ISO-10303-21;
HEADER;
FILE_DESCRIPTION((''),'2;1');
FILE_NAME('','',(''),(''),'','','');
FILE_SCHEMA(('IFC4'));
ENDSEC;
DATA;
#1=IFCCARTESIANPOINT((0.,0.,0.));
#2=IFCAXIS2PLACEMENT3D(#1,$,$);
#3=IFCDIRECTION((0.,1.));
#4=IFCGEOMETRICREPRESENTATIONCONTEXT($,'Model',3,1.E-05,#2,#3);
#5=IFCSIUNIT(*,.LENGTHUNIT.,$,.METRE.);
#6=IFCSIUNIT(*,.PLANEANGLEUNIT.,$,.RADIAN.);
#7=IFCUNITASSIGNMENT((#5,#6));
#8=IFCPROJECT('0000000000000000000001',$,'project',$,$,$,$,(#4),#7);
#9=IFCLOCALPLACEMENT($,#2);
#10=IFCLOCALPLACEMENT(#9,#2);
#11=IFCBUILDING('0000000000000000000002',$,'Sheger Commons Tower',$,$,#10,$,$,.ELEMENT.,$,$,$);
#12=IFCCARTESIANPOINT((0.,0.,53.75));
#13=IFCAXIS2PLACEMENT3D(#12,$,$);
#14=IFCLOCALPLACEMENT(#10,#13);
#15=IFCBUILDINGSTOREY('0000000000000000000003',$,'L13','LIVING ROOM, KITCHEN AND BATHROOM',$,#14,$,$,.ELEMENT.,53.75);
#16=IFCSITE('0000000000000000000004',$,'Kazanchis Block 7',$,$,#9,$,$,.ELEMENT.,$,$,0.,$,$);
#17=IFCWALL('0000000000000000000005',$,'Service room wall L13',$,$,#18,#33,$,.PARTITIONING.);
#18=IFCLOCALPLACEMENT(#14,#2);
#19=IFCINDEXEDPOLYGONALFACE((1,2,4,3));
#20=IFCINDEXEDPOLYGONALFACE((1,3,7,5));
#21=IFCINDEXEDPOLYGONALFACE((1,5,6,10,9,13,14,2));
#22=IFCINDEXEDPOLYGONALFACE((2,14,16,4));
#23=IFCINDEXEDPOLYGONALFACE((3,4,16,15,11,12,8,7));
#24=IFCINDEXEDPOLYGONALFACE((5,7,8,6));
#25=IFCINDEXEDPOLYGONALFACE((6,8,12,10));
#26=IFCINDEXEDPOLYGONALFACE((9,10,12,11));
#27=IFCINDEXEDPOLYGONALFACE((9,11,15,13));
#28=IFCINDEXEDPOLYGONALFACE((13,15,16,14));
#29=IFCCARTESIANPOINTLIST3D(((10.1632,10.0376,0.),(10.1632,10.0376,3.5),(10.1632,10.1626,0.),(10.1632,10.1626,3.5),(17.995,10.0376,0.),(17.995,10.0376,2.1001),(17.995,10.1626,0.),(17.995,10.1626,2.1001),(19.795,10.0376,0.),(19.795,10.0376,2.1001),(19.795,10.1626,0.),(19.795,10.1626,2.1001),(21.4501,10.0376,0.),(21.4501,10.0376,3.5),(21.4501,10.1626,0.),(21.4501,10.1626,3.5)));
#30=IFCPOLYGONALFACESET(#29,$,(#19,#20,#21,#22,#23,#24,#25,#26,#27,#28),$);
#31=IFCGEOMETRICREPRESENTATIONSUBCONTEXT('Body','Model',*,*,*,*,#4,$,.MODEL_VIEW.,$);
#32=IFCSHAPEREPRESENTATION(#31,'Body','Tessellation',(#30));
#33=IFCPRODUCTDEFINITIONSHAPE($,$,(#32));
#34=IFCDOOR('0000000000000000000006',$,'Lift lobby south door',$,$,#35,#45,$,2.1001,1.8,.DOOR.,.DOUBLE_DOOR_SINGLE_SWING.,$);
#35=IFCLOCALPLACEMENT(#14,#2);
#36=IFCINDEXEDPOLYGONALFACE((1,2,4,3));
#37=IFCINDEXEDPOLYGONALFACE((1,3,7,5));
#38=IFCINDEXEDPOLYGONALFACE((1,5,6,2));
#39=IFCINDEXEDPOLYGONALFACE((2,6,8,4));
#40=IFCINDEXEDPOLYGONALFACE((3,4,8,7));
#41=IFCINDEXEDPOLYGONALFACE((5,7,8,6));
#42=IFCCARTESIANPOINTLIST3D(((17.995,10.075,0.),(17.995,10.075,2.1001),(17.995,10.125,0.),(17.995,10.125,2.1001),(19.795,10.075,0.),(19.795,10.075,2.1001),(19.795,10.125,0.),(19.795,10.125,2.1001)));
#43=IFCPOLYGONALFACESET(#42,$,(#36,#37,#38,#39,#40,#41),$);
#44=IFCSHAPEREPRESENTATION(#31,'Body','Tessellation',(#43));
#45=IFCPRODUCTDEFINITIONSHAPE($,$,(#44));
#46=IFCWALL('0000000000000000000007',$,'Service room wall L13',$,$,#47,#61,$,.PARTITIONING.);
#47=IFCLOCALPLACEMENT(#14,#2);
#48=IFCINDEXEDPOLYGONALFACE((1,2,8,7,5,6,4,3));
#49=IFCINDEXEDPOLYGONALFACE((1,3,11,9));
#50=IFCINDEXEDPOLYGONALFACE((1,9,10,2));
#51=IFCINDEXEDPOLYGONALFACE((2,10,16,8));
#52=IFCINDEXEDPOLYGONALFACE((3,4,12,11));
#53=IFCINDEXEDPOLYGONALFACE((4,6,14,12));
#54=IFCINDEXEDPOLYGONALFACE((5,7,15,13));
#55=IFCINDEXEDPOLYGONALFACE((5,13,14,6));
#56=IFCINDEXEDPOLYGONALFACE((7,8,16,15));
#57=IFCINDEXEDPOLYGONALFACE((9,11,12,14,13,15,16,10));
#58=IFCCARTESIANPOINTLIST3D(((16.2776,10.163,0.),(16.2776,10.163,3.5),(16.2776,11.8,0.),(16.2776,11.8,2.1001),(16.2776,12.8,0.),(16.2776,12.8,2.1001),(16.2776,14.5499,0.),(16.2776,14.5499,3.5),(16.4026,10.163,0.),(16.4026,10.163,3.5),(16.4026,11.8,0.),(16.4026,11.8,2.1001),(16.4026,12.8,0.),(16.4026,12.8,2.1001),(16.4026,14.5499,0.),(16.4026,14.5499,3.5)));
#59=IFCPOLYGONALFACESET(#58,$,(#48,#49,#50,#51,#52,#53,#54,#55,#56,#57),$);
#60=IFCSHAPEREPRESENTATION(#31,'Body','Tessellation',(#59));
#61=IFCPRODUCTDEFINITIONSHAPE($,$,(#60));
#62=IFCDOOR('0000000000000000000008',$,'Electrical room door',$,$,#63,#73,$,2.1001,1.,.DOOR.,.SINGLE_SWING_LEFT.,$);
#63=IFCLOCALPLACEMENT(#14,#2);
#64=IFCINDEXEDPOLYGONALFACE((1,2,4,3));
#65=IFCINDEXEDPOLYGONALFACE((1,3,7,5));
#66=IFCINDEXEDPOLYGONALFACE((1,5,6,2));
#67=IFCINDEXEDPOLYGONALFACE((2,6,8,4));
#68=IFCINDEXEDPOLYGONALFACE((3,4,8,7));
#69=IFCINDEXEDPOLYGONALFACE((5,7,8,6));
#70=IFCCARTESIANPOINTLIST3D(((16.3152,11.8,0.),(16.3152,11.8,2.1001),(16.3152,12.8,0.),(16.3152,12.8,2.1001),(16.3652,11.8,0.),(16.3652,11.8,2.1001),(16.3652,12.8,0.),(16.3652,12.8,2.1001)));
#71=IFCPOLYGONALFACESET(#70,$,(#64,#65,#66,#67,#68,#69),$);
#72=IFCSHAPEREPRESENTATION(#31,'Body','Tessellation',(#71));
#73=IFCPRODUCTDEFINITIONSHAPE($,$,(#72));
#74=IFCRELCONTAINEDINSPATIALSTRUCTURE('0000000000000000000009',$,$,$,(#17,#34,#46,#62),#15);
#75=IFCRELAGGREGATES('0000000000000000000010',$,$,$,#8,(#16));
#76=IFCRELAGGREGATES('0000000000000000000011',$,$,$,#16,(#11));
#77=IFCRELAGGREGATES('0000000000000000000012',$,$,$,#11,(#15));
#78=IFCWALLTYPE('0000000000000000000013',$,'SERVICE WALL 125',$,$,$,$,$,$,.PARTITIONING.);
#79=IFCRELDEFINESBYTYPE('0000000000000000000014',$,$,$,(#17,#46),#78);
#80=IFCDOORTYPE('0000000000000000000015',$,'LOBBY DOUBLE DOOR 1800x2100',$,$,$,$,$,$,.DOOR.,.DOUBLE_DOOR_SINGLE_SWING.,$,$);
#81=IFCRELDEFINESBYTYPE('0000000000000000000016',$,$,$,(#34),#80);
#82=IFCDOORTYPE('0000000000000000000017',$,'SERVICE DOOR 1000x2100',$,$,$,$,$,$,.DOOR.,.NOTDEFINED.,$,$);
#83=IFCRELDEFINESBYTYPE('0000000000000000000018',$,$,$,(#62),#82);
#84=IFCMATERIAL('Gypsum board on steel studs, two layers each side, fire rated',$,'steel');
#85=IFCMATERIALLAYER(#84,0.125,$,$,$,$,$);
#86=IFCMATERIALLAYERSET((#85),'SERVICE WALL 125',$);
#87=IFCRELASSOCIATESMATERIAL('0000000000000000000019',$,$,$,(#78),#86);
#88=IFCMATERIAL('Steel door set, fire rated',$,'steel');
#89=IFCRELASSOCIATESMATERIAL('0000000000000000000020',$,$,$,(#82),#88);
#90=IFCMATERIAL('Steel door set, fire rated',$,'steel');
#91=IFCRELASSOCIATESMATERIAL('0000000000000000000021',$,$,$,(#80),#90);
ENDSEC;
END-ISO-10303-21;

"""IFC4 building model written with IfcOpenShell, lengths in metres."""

from ifc_helpers import new_model, si_unit, direction, frame, frame_2d, origin, place, context, subcontext, project, spatial, rectangle, extrude, material, layer, layer_set, type_object, element, fill, save


model = new_model("IFC4")

# Units and contexts
model_context = context("Model", 3, precision=1e-05, world=origin(), true_north=direction((0.0, 1.0)))
body_context = subcontext(model_context, "Body", "Model", "MODEL_VIEW")
ifc_project = project(units=[si_unit("LENGTHUNIT", "METRE"), si_unit("PLANEANGLEUNIT", "RADIAN")], contexts=[model_context])

# Site, building, storey
site_placement = place(None, origin())
site = spatial("IfcSite", under=ifc_project, at=site_placement, Name="Kazanchis Block 7", CompositionType="ELEMENT", RefElevation=0.0)
building_placement = place(site_placement, origin())
building = spatial("IfcBuilding", under=site, at=building_placement, Name="Sheger Commons Tower", CompositionType="ELEMENT")
storey_placement = place(building_placement, frame((0.0, 0.0, 53.75)))
storey = spatial("IfcBuildingStorey", under=building, at=storey_placement, Name="L13", Description="LIVING ROOM, KITCHEN AND BATHROOM", CompositionType="ELEMENT", Elevation=53.75)

# Shared definitions
ifc_material_1 = material(Name="Gypsum board on steel studs, two layers each side, fire rated", Category="steel")
ifc_layer_1 = layer(ifc_material_1, 0.125)
ifc_layer_set_1 = layer_set([ifc_layer_1], Name="SERVICE WALL 125")
wall_type_1 = type_object("IfcWallType", Name="SERVICE WALL 125", PredefinedType="PARTITIONING", material=ifc_layer_set_1)
ifc_material_2 = material(Name="Steel door set, fire rated", Category="steel")
door_type_1 = type_object("IfcDoorType", Name="SERVICE DOOR 1000x2100", OperationType="NOTDEFINED", PredefinedType="DOOR", material=ifc_material_2)

# Walls, openings, doors
wall_1_placement = place(storey_placement, frame((10.1631, 10.1001, 0.0), z_axis=(0.0, 0.0, 1.0), x_axis=(1.0, 0.0, 0.0)))
wall_1 = element("IfcWall", 1, at=wall_1_placement, inside=storey, type_object=wall_type_1, Name="Service room wall L13", PredefinedType="PARTITIONING", context=body_context, shape_type="SweptSolid", body=[
    extrude(rectangle(XDim=11.2869, YDim=0.125, at=frame_2d((5.6436, 0.0))), origin(), (0.0, 0.0, 1.0), 3.5),
])
opening_1_placement = place(wall_1_placement, frame((7.832, 0.0, 0.0)))
opening_1 = element("IfcOpeningElement", 2, at=opening_1_placement, cuts=wall_1, PredefinedType="OPENING", context=body_context, shape_type="SweptSolid", body=[
    extrude(rectangle(XDim=1.8, YDim=2.1001, at=frame_2d((0.8999, 1.05))), frame((0.0, 0.0725, 0.0), z_axis=(0.0, -1.0, 0.0), x_axis=(1.0, 0.0, 0.0)), (0.0, 0.0, 1.0), 0.145),
])
ifc_material_3 = material(Name="Steel door set, fire rated", Category="steel")
door_type_2 = type_object("IfcDoorType", Name="LOBBY DOUBLE DOOR 1800x2100", OperationType="DOUBLE_DOOR_SINGLE_SWING", PredefinedType="DOOR", material=ifc_material_3)
door_1_placement = place(opening_1_placement, origin())
door_1 = element("IfcDoor", 3, at=door_1_placement, inside=storey, type_object=door_type_2, Name="Lift lobby south door", OperationType="DOUBLE_DOOR_SINGLE_SWING", OverallHeight=2.1001, OverallWidth=1.8, PredefinedType="DOOR", context=body_context, shape_type="SweptSolid", body=[
    extrude(rectangle(XDim=1.8, YDim=2.1001, at=frame_2d((0.8999, 1.05))), frame((0.0, 0.0249, 0.0), z_axis=(0.0, -1.0, 0.0), x_axis=(1.0, 0.0, 0.0)), (0.0, 0.0, 1.0), 0.05),
])
fill(opening_1, door_1)
wall_2_placement = place(storey_placement, frame((16.3401, 10.1631, 0.0), z_axis=(0.0, 0.0, 1.0), x_axis=(0.0, 1.0, 0.0)))
wall_2 = element("IfcWall", 4, at=wall_2_placement, inside=storey, type_object=wall_type_1, Name="Service room wall L13", PredefinedType="PARTITIONING", context=body_context, shape_type="SweptSolid", body=[
    extrude(rectangle(XDim=4.387, YDim=0.125, at=frame_2d((2.1934, 0.0))), origin(), (0.0, 0.0, 1.0), 3.5),
])
opening_2_placement = place(wall_2_placement, frame((1.637, 0.0, 0.0)))
opening_2 = element("IfcOpeningElement", 5, at=opening_2_placement, cuts=wall_2, PredefinedType="OPENING", context=body_context, shape_type="SweptSolid", body=[
    extrude(rectangle(XDim=1.0, YDim=2.1001, at=frame_2d((0.5, 1.05))), frame((0.0, 0.0725, 0.0), z_axis=(0.0, -1.0, 0.0), x_axis=(1.0, 0.0, 0.0)), (0.0, 0.0, 1.0), 0.145),
])
door_2_placement = place(opening_2_placement, origin())
door_2 = element("IfcDoor", 6, at=door_2_placement, inside=storey, type_object=door_type_1, Name="Electrical room door", OperationType="SINGLE_SWING_LEFT", OverallHeight=2.1001, OverallWidth=1.0, PredefinedType="DOOR", context=body_context, shape_type="SweptSolid", body=[
    extrude(rectangle(XDim=1.0, YDim=2.1001, at=frame_2d((0.5, 1.05))), frame((0.0, 0.0249, 0.0), z_axis=(0.0, -1.0, 0.0), x_axis=(1.0, 0.0, 0.0)), (0.0, 0.0, 1.0), 0.05),
])
fill(opening_2, door_2)

save(model, "model.ifc")
